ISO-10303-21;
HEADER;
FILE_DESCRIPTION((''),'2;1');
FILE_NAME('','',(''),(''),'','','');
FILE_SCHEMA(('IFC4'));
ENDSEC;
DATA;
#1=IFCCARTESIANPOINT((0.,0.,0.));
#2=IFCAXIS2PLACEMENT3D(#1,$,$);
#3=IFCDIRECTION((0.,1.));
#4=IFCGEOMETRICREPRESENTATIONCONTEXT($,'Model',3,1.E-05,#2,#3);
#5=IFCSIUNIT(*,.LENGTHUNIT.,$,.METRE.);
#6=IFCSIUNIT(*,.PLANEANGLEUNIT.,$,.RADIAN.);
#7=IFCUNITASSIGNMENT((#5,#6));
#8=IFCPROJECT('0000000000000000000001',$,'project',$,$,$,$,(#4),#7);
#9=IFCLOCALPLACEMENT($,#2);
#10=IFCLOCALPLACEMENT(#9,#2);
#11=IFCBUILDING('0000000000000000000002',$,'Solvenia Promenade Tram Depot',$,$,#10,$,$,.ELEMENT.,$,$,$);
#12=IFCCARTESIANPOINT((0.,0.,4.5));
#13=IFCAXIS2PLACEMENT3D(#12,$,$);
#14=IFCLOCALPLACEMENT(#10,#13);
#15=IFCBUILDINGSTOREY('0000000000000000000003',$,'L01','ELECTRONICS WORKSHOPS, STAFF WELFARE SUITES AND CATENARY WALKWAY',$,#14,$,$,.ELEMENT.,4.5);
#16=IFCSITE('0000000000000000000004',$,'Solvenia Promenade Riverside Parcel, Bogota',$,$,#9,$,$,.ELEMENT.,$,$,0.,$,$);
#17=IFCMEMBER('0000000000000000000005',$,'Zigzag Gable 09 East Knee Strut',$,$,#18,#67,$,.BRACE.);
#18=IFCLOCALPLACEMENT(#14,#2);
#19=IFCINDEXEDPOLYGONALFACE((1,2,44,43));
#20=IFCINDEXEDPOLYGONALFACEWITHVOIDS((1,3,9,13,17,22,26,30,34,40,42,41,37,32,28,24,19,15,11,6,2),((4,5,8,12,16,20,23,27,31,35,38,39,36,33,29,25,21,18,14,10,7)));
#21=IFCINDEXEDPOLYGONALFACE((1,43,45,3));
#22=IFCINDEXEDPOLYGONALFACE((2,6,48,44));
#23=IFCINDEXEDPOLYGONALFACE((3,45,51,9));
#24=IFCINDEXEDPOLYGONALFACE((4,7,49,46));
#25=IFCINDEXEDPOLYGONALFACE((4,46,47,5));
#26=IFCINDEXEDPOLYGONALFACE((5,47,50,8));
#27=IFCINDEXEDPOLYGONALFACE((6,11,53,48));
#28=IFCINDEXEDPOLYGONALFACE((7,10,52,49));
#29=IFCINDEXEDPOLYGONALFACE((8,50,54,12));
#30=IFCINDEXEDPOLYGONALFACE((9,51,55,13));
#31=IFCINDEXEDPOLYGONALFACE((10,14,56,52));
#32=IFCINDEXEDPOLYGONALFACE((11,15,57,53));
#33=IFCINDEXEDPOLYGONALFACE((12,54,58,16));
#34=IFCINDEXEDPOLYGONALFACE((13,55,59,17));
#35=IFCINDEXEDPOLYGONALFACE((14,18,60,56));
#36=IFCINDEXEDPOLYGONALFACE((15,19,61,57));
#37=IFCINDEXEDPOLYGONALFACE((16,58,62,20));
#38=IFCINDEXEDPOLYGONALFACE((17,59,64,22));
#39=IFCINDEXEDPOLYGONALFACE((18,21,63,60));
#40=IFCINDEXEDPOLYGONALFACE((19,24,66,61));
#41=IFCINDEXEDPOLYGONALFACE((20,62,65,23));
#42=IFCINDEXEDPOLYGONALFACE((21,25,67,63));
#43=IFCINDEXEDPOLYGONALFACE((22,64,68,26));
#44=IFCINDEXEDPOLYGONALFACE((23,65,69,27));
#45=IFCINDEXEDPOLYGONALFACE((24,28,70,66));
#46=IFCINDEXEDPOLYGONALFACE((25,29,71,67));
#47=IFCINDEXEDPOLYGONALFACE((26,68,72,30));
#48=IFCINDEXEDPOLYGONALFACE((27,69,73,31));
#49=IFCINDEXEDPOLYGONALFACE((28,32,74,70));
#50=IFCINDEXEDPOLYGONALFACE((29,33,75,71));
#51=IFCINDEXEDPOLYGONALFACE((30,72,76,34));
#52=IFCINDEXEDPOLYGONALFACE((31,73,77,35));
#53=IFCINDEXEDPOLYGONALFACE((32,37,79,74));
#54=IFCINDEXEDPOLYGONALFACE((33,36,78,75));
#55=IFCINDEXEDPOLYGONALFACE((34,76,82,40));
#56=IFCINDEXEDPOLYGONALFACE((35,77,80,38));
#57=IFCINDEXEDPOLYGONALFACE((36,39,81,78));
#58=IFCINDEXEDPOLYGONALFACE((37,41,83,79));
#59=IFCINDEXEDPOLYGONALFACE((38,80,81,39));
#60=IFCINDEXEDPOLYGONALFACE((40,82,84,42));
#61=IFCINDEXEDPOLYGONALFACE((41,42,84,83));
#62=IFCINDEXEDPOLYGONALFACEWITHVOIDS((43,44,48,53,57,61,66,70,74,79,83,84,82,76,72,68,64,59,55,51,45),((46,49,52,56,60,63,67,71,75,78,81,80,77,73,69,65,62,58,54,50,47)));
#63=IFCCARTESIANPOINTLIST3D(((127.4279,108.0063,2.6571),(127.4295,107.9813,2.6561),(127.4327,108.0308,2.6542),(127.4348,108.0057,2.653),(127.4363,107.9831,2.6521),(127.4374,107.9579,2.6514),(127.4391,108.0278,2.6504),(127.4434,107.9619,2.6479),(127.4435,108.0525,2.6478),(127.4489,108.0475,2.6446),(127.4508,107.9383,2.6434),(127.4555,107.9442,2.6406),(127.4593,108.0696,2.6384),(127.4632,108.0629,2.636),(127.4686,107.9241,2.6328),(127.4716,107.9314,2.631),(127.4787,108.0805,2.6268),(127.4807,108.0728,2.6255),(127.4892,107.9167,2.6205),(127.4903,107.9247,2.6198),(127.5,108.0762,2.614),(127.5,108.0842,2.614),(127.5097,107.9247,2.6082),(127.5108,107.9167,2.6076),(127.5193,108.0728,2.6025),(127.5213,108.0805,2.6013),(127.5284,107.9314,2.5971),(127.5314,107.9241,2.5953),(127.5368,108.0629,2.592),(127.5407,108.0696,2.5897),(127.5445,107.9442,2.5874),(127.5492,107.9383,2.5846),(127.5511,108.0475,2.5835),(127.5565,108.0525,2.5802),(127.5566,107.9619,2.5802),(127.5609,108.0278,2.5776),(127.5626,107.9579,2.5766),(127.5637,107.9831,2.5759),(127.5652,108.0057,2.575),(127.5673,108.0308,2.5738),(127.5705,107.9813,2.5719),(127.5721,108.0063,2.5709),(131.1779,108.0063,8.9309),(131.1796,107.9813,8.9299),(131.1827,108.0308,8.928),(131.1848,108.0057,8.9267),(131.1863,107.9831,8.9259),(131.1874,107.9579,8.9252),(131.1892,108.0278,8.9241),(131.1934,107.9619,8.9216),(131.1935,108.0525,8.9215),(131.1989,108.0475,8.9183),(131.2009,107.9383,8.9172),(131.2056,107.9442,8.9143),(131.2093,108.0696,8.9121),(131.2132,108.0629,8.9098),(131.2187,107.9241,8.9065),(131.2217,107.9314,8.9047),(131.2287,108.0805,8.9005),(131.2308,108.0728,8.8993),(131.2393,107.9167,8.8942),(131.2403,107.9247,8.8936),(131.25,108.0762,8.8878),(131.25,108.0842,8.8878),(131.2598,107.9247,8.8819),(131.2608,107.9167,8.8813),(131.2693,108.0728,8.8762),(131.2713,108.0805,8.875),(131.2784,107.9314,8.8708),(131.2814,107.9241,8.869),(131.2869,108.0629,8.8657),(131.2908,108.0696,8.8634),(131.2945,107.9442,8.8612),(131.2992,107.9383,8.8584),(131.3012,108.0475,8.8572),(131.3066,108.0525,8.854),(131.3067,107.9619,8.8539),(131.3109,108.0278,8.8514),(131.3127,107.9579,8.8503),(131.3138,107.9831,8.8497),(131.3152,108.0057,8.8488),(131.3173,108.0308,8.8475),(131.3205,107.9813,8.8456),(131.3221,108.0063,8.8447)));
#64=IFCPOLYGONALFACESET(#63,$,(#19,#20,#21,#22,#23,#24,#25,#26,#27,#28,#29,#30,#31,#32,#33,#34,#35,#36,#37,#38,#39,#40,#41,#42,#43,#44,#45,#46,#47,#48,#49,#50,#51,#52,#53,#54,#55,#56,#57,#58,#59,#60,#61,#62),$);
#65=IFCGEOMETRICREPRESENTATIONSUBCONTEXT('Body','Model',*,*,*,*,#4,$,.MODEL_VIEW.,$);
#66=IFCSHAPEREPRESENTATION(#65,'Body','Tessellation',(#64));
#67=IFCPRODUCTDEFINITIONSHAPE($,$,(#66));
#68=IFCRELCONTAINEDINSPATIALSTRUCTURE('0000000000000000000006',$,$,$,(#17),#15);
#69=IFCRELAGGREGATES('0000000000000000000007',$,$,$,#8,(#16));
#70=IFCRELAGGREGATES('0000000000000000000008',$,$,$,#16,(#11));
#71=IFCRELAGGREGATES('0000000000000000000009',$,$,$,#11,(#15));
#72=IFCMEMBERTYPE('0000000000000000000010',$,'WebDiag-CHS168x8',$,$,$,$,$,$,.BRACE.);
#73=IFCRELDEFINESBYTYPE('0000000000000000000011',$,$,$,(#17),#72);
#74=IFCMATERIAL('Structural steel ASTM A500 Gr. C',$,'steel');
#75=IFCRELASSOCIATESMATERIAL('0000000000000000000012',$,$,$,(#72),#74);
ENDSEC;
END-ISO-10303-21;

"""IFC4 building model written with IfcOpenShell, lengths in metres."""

from ifc_helpers import new_model, si_unit, direction, frame, origin, origin_2d, place, context, subcontext, project, spatial, hollow_circle, extrude, material, material_profile, profile_set, type_object, element, save


model = new_model("IFC4")

# Units and contexts
model_context = context("Model", 3, precision=1e-05, world=origin(), true_north=direction((0.0, 1.0)))
body_context = subcontext(model_context, "Body", "Model", "MODEL_VIEW")
ifc_project = project(units=[si_unit("LENGTHUNIT", "METRE"), si_unit("PLANEANGLEUNIT", "RADIAN")], contexts=[model_context])

# Site, building, storey
site_placement = place(None, origin())
site = spatial("IfcSite", under=ifc_project, at=site_placement, Name="Solvenia Promenade Riverside Parcel, Bogota", CompositionType="ELEMENT", RefElevation=0.0)
building_placement = place(site_placement, origin())
building = spatial("IfcBuilding", under=site, at=building_placement, Name="Solvenia Promenade Tram Depot", CompositionType="ELEMENT")
storey_placement = place(building_placement, frame((0.0, 0.0, 4.5)))
storey = spatial("IfcBuildingStorey", under=building, at=storey_placement, Name="L01", Description="ELECTRONICS WORKSHOPS, STAFF WELFARE SUITES AND CATENARY WALKWAY", CompositionType="ELEMENT", Elevation=4.5)

# Shared definitions
ifc_material_1 = material(Name="Structural steel ASTM A500 Gr. C", Category="steel")

# Member
ifc_material_profile_1 = material_profile(ifc_material_1, hollow_circle(Radius=0.0842, WallThickness=0.0081, at=origin_2d()), Name="CHS168.3x8", Category="steel")
ifc_profile_set_1 = profile_set([ifc_material_profile_1], Name="Structural steel ASTM A500 Gr. C")
member_type_1 = type_object("IfcMemberType", Name="WebDiag-CHS168x8", PredefinedType="BRACE", material=ifc_profile_set_1)
for number, where, z_axis, x_axis, name in (
    (1, (127.5, 108.0, 2.614), (0.513066, 0.0, 0.858349), (0.0, 1.0, 0.0), "Zigzag Gable 09 East Knee Strut"),
):
    element("IfcMember", number, at=place(storey_placement, frame(where, z_axis=z_axis, x_axis=x_axis)), inside=storey, type_object=member_type_1, Name=name, PredefinedType="BRACE", context=body_context, shape_type="SweptSolid", body=[
        extrude(hollow_circle(Radius=0.0842, WallThickness=0.0081, at=origin_2d()), origin(), (0.0, 0.0, 1.0), 7.3091),
    ])

save(model, "model.ifc")
